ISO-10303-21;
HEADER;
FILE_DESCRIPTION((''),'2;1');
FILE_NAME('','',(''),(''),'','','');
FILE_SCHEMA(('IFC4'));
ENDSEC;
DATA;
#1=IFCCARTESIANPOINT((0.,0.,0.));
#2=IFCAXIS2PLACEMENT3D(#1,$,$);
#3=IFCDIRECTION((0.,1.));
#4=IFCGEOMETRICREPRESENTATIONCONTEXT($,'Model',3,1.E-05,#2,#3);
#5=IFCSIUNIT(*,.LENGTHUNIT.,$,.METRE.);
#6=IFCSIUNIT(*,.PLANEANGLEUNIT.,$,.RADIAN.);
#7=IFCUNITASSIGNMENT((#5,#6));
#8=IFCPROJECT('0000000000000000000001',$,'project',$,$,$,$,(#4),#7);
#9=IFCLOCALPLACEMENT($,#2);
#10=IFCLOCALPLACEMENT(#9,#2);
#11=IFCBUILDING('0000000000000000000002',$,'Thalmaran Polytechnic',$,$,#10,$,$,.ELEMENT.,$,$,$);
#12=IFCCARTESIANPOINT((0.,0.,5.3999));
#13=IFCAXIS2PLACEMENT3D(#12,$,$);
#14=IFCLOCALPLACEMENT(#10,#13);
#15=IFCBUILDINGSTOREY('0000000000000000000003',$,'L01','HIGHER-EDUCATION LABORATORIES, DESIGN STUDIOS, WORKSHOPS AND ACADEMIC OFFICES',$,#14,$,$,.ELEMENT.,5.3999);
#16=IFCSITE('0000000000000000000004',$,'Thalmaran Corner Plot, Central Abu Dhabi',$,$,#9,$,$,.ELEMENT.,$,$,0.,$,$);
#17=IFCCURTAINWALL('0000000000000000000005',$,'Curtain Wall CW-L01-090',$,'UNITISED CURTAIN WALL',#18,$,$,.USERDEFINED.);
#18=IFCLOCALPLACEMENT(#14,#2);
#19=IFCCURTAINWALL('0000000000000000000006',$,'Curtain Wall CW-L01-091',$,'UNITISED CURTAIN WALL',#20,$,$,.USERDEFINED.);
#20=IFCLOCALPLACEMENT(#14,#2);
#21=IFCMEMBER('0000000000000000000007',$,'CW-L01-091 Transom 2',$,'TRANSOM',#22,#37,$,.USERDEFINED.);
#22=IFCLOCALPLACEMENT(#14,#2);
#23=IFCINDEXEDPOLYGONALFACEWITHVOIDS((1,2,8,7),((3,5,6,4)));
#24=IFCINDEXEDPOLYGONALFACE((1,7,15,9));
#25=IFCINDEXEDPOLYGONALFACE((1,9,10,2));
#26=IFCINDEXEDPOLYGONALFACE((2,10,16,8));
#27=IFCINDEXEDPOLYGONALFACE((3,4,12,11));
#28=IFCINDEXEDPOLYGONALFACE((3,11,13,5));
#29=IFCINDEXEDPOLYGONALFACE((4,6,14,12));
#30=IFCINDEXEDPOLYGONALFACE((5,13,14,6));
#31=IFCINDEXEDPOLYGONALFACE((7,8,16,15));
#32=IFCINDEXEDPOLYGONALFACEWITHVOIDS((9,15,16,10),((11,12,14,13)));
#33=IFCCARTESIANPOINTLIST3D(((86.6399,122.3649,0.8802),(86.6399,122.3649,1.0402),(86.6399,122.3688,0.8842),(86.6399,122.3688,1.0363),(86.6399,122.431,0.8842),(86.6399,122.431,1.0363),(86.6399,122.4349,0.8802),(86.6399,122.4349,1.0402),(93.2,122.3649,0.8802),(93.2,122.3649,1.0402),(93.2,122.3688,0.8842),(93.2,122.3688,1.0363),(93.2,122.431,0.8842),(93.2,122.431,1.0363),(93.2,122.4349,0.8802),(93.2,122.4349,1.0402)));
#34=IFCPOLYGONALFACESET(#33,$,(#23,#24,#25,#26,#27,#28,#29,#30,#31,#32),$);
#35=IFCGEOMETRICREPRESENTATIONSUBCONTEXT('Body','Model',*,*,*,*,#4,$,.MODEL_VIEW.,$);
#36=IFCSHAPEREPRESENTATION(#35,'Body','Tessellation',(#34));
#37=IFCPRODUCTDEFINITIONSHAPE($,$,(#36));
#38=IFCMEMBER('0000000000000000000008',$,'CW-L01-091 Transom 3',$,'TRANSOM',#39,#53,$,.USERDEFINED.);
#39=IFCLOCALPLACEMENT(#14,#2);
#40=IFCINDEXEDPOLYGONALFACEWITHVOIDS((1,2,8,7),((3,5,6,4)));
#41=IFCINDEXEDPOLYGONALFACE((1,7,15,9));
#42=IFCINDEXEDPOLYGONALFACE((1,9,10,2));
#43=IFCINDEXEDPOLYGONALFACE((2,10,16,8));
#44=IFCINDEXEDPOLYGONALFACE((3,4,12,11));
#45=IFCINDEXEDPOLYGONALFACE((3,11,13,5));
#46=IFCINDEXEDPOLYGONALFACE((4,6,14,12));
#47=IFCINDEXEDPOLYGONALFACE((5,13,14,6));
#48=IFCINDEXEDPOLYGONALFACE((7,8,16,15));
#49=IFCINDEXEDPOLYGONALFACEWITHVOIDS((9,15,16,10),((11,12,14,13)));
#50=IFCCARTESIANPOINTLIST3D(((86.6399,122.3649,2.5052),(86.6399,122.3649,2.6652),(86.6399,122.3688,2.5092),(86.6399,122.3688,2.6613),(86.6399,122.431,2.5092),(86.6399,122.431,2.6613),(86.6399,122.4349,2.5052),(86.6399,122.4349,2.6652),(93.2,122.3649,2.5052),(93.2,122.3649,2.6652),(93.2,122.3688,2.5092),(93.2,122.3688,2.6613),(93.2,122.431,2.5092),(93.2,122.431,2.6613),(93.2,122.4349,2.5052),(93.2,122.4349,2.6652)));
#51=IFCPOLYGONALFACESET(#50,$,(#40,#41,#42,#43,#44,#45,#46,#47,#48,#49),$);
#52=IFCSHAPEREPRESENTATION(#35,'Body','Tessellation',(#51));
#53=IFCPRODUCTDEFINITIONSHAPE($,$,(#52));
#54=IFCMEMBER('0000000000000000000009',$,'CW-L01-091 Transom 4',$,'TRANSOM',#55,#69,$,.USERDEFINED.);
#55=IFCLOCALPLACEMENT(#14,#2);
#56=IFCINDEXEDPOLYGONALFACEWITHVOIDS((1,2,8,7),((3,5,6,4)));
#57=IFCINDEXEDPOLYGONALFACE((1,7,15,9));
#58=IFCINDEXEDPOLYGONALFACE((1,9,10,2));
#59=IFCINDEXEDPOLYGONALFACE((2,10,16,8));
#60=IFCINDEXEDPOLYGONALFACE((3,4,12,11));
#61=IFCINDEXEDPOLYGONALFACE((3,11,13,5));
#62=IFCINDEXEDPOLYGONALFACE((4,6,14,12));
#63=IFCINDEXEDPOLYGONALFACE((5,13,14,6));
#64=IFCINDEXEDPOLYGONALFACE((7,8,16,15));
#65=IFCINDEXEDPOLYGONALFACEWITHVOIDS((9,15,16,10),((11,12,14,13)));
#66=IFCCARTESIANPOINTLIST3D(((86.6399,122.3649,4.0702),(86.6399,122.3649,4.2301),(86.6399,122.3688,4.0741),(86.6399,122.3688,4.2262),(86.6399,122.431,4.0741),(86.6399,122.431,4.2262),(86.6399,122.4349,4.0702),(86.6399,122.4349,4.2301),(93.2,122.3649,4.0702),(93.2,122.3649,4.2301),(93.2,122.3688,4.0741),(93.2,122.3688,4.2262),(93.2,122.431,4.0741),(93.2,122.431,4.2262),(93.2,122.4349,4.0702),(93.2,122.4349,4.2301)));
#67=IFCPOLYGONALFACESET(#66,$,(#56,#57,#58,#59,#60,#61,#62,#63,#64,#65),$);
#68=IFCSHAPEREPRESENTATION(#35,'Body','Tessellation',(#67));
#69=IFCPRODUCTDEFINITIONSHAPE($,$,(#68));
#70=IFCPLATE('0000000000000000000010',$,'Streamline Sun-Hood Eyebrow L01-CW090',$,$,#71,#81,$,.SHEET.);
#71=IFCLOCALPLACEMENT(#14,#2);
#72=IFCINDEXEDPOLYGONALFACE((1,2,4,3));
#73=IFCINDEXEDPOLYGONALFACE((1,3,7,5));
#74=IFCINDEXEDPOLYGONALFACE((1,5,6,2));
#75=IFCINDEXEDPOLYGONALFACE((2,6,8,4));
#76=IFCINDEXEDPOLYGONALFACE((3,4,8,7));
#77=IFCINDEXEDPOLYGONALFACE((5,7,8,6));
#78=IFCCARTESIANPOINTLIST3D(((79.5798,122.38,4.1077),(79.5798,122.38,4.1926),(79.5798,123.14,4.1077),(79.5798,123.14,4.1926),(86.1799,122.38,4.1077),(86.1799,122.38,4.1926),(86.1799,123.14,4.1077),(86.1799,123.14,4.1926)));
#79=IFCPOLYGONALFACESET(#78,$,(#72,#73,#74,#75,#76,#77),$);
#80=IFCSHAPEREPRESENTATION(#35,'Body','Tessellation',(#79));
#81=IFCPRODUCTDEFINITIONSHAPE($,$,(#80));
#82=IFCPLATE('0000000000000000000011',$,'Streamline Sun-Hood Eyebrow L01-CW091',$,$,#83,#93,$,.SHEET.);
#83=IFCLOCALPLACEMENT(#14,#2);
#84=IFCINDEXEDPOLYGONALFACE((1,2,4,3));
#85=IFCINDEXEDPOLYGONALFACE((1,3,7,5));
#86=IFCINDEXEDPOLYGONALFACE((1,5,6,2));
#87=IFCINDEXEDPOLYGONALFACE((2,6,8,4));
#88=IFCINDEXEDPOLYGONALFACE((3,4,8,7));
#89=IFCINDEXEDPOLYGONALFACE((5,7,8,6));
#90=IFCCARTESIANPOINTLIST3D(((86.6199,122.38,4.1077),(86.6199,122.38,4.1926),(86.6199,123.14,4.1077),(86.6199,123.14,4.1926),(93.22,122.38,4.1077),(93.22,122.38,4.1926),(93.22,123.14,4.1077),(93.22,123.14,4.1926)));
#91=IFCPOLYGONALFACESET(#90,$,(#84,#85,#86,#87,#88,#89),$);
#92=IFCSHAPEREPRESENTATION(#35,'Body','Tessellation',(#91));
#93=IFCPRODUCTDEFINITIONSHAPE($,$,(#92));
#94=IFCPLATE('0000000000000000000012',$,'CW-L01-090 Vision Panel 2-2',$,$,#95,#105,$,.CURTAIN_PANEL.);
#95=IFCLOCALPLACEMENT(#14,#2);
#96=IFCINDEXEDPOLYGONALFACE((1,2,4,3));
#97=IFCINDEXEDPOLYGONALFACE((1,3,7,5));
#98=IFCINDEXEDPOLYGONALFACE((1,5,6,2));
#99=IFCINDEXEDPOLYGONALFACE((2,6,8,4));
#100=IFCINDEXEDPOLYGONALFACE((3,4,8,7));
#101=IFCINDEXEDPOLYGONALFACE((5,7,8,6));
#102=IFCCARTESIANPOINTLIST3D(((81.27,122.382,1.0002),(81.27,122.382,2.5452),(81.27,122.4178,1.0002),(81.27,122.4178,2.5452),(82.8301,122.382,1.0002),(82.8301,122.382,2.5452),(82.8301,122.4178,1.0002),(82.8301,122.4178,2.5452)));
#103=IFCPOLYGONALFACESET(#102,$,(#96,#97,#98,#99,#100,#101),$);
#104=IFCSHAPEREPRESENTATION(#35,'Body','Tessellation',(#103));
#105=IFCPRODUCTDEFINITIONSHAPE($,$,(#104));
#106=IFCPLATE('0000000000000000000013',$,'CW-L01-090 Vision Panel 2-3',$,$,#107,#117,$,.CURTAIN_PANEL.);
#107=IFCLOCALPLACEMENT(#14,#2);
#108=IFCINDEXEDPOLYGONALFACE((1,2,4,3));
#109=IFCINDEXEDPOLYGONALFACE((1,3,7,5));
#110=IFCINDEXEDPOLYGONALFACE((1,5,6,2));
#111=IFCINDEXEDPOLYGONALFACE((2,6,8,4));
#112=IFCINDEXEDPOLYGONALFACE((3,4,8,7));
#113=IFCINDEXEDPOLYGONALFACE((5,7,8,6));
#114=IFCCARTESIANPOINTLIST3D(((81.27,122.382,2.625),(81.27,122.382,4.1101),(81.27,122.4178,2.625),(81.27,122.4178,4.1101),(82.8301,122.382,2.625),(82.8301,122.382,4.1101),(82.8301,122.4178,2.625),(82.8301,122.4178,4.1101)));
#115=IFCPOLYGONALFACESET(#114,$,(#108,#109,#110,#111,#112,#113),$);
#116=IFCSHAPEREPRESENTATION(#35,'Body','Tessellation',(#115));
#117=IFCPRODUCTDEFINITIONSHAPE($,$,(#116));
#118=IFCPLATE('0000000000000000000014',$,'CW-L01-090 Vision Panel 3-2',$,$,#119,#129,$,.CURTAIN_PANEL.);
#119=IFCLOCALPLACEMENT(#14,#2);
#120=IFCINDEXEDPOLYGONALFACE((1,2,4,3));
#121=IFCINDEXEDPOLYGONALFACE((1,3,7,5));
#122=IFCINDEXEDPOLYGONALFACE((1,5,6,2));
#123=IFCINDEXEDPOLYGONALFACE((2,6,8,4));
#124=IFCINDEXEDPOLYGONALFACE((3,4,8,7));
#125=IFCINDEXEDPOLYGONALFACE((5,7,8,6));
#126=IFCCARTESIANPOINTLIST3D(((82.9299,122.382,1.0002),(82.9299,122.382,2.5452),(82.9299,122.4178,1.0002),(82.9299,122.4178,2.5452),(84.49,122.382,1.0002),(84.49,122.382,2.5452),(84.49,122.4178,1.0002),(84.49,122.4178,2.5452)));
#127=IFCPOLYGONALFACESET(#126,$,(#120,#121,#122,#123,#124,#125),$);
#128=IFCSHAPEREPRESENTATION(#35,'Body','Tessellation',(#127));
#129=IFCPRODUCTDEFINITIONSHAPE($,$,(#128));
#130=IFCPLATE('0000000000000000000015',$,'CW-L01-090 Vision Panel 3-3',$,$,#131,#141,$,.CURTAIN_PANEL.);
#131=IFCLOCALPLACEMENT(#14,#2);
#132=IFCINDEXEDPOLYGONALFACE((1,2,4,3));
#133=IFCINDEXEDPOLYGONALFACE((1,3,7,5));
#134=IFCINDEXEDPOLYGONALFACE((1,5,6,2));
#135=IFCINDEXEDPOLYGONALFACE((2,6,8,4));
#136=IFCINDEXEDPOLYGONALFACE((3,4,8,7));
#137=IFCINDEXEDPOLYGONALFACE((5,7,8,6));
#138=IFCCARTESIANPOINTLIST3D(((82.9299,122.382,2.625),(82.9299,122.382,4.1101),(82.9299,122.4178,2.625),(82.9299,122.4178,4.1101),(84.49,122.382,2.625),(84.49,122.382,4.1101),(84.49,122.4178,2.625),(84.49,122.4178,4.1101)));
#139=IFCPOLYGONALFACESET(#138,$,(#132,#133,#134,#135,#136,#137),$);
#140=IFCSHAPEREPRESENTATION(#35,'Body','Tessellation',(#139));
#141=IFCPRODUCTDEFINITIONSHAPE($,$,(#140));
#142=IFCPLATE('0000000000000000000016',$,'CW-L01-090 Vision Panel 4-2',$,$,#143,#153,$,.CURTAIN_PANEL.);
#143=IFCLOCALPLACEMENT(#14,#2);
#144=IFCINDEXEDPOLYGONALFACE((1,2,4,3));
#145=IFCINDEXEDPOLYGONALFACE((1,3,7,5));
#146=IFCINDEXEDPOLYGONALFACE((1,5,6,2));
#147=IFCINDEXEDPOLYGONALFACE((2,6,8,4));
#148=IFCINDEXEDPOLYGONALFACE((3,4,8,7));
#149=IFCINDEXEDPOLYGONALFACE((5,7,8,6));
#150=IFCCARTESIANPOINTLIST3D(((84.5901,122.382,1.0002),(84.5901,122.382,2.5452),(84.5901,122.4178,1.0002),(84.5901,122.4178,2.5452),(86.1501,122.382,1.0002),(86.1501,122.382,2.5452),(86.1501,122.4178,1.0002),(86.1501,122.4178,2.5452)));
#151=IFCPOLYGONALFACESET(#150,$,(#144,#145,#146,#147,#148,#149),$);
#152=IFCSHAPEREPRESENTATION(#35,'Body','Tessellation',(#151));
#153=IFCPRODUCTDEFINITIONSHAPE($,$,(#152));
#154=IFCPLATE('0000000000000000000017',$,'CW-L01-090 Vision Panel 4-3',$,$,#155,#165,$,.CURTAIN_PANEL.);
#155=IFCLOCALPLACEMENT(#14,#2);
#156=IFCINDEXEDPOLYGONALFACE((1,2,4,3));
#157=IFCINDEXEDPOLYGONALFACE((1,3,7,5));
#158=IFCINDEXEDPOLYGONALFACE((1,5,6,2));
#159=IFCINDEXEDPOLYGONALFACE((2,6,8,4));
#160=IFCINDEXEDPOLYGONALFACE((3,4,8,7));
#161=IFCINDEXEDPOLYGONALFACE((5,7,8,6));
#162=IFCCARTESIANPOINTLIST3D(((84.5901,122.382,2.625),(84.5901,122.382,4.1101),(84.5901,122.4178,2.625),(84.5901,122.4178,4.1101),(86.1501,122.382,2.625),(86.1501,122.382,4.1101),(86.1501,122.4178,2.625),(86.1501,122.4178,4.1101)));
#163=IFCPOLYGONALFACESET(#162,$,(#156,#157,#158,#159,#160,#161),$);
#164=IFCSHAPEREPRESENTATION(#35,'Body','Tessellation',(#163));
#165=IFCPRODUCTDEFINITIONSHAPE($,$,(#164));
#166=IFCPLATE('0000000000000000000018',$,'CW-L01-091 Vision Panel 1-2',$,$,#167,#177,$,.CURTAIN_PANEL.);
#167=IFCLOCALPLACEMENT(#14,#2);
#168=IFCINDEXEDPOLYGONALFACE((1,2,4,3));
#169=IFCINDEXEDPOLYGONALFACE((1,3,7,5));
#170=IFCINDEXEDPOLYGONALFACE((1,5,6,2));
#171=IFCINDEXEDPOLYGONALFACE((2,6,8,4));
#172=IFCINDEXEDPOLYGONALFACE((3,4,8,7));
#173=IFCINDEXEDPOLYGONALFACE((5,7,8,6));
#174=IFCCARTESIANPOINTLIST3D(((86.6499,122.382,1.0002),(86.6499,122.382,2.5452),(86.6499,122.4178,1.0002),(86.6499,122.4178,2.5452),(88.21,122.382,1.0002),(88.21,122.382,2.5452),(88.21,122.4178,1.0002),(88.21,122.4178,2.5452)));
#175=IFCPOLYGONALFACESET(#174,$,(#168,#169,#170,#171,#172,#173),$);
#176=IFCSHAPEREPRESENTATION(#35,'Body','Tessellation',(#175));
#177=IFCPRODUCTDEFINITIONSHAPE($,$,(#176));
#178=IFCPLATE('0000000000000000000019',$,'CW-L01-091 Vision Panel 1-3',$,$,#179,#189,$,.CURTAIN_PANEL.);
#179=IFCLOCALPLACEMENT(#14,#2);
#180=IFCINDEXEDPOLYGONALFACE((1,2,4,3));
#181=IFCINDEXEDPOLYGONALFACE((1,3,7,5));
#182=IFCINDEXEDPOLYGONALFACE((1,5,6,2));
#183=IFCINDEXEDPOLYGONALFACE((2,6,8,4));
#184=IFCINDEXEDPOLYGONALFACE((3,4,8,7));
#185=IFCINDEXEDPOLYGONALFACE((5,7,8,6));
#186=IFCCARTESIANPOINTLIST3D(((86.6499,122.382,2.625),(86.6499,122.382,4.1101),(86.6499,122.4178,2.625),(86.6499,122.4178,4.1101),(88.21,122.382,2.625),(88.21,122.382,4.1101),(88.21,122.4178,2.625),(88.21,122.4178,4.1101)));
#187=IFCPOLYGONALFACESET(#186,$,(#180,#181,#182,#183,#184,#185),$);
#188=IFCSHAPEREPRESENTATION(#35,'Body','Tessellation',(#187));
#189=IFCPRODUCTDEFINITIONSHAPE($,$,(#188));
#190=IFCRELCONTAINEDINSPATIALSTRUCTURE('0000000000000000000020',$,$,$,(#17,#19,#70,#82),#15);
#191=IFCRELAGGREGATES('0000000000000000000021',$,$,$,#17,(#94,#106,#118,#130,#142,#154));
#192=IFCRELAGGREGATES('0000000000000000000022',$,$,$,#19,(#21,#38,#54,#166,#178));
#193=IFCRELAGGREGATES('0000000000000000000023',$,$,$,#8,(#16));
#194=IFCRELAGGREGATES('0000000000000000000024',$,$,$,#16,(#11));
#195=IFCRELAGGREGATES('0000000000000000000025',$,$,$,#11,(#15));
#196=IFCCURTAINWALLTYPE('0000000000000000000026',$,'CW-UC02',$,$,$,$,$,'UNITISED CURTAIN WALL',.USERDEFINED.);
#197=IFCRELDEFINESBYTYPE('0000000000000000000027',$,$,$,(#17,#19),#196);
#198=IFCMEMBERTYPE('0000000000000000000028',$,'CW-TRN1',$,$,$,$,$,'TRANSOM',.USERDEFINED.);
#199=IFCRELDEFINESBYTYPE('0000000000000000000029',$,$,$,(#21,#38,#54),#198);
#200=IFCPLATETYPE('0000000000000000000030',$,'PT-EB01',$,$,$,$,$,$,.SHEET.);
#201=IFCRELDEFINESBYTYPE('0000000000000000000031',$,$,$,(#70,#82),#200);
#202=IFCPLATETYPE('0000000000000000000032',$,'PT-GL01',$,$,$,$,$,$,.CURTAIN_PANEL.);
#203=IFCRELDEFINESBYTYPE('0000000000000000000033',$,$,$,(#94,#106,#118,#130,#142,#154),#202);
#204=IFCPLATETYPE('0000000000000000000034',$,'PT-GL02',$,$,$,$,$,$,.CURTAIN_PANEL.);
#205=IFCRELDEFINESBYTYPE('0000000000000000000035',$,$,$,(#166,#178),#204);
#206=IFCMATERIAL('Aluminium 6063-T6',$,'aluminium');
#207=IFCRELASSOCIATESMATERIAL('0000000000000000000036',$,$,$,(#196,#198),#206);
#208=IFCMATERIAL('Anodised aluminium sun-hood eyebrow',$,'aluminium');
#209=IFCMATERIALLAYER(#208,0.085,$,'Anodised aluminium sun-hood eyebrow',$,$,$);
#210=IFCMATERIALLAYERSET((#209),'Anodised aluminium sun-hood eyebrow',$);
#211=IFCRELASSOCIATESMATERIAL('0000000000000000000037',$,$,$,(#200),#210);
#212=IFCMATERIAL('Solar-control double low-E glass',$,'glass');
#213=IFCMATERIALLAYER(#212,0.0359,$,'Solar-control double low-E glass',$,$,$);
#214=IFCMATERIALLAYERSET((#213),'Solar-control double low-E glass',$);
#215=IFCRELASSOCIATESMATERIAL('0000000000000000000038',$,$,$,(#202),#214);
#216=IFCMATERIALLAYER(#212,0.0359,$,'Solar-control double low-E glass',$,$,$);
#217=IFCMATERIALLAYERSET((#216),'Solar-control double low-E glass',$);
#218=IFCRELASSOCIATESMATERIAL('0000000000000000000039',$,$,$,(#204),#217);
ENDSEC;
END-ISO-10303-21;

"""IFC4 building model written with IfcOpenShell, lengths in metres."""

from ifc_helpers import new_model, si_unit, direction, frame, origin, origin_2d, place, context, subcontext, project, spatial, rectangle, hollow_rectangle, extrude, material, layer, layer_set, material_profile, profile_set, type_object, element, aggregate, save


model = new_model("IFC4")

# Units and contexts
model_context = context("Model", 3, precision=1e-05, world=origin(), true_north=direction((0.0, 1.0)))
body_context = subcontext(model_context, "Body", "Model", "MODEL_VIEW")
ifc_project = project(units=[si_unit("LENGTHUNIT", "METRE"), si_unit("PLANEANGLEUNIT", "RADIAN")], contexts=[model_context])

# Site, building, storey
site_placement = place(None, origin())
site = spatial("IfcSite", under=ifc_project, at=site_placement, Name="Thalmaran Corner Plot, Central Abu Dhabi", CompositionType="ELEMENT", RefElevation=0.0)
building_placement = place(site_placement, origin())
building = spatial("IfcBuilding", under=site, at=building_placement, Name="Thalmaran Polytechnic", CompositionType="ELEMENT")
storey_placement = place(building_placement, frame((0.0, 0.0, 5.3999)))
storey = spatial("IfcBuildingStorey", under=building, at=storey_placement, Name="L01", Description="HIGHER-EDUCATION LABORATORIES, DESIGN STUDIOS, WORKSHOPS AND ACADEMIC OFFICES", CompositionType="ELEMENT", Elevation=5.3999)

# Curtain walls, members
ifc_material_1 = material(Name="Aluminium 6063-T6", Category="aluminium")
curtain_wall_type = type_object("IfcCurtainWallType", Name="CW-UC02", ElementType="UNITISED CURTAIN WALL", PredefinedType="USERDEFINED", material=ifc_material_1)
curtain_wall_1_placement = place(storey_placement, origin())
curtain_wall_1 = element("IfcCurtainWall", 1, at=curtain_wall_1_placement, inside=storey, type_object=curtain_wall_type, Name="Curtain Wall CW-L01-090", ObjectType="UNITISED CURTAIN WALL", PredefinedType="USERDEFINED")
curtain_wall_2_placement = place(storey_placement, origin())
curtain_wall_2 = element("IfcCurtainWall", 2, at=curtain_wall_2_placement, inside=storey, type_object=curtain_wall_type, Name="Curtain Wall CW-L01-091", ObjectType="UNITISED CURTAIN WALL", PredefinedType="USERDEFINED")
ifc_material_profile_1 = material_profile(ifc_material_1, hollow_rectangle(XDim=0.0701, YDim=0.1599, WallThickness=0.0039, at=origin_2d()), Name="AL 160x70x4.0")
ifc_profile_set_1 = profile_set([ifc_material_profile_1], Name="Aluminium 6063-T6")
member_type_1 = type_object("IfcMemberType", Name="CW-TRN1", ElementType="TRANSOM", PredefinedType="USERDEFINED", material=ifc_profile_set_1)
member_1_placement = place(storey_placement, frame((86.6399, 122.3999, 0.9602), z_axis=(1.0, 0.0, 0.0), x_axis=(0.0, 1.0, 0.0)))
member_1 = element("IfcMember", 3, at=member_1_placement, type_object=member_type_1, Name="CW-L01-091 Transom 2", ObjectType="TRANSOM", PredefinedType="USERDEFINED", context=body_context, shape_type="SweptSolid", body=[
    extrude(hollow_rectangle(XDim=0.0701, YDim=0.1599, WallThickness=0.0039, at=origin_2d()), origin(), (0.0, 0.0, 1.0), 6.5601),
])
member_2_placement = place(storey_placement, frame((86.6399, 122.3999, 2.5852), z_axis=(1.0, 0.0, 0.0), x_axis=(0.0, 1.0, 0.0)))
member_2 = element("IfcMember", 4, at=member_2_placement, type_object=member_type_1, Name="CW-L01-091 Transom 3", ObjectType="TRANSOM", PredefinedType="USERDEFINED", context=body_context, shape_type="SweptSolid", body=[
    extrude(hollow_rectangle(XDim=0.0701, YDim=0.1599, WallThickness=0.0039, at=origin_2d()), origin(), (0.0, 0.0, 1.0), 6.5601),
])
member_3_placement = place(storey_placement, frame((86.6399, 122.3999, 4.1501), z_axis=(1.0, 0.0, 0.0), x_axis=(0.0, 1.0, 0.0)))
member_3 = element("IfcMember", 5, at=member_3_placement, type_object=member_type_1, Name="CW-L01-091 Transom 4", ObjectType="TRANSOM", PredefinedType="USERDEFINED", context=body_context, shape_type="SweptSolid", body=[
    extrude(hollow_rectangle(XDim=0.0701, YDim=0.1599, WallThickness=0.0039, at=origin_2d()), origin(), (0.0, 0.0, 1.0), 6.5601),
])

# Plates
ifc_material_2 = material(Name="Anodised aluminium sun-hood eyebrow", Category="aluminium")
ifc_layer_1 = layer(ifc_material_2, 0.085, Name="Anodised aluminium sun-hood eyebrow")
ifc_layer_set_1 = layer_set([ifc_layer_1], Name="Anodised aluminium sun-hood eyebrow")
plate_type_1 = type_object("IfcPlateType", Name="PT-EB01", PredefinedType="SHEET", material=ifc_layer_set_1)
for number, where, z_axis, x_axis, name in (
    (6, (82.8799, 122.76, 4.1077), (0.0, 0.0, 1.0), (1.0, 0.0, 0.0), "Streamline Sun-Hood Eyebrow L01-CW090"),
    (7, (89.9199, 122.76, 4.1077), (0.0, 0.0, 1.0), (1.0, 0.0, 0.0), "Streamline Sun-Hood Eyebrow L01-CW091"),
):
    element("IfcPlate", number, at=place(storey_placement, frame(where, z_axis=z_axis, x_axis=x_axis)), inside=storey, type_object=plate_type_1, Name=name, PredefinedType="SHEET", context=body_context, shape_type="SweptSolid", body=[
        extrude(rectangle(XDim=6.6001, YDim=0.76, at=origin_2d()), origin(), (0.0, 0.0, 1.0), 0.085),
    ])

# Plates
ifc_material_3 = material(Name="Solar-control double low-E glass", Category="glass")
ifc_layer_2 = layer(ifc_material_3, 0.0359, Name="Solar-control double low-E glass")
ifc_layer_set_2 = layer_set([ifc_layer_2], Name="Solar-control double low-E glass")
plate_type_2 = type_object("IfcPlateType", Name="PT-GL01", PredefinedType="CURTAIN_PANEL", material=ifc_layer_set_2)
plate_1_placement = place(storey_placement, frame((82.05, 122.3999, 1.0002), z_axis=(0.0, 0.0, 1.0), x_axis=(1.0, 0.0, 0.0)))
plate_1 = element("IfcPlate", 8, at=plate_1_placement, type_object=plate_type_2, Name="CW-L01-090 Vision Panel 2-2", PredefinedType="CURTAIN_PANEL", context=body_context, shape_type="SweptSolid", body=[
    extrude(rectangle(XDim=1.5601, YDim=0.0359, at=origin_2d()), origin(), (0.0, 0.0, 1.0), 1.5449),
])
plate_2_placement = place(storey_placement, frame((82.05, 122.3999, 2.625), z_axis=(0.0, 0.0, 1.0), x_axis=(1.0, 0.0, 0.0)))
plate_2 = element("IfcPlate", 9, at=plate_2_placement, type_object=plate_type_2, Name="CW-L01-090 Vision Panel 2-3", PredefinedType="CURTAIN_PANEL", context=body_context, shape_type="SweptSolid", body=[
    extrude(rectangle(XDim=1.5601, YDim=0.0359, at=origin_2d()), origin(), (0.0, 0.0, 1.0), 1.4851),
])
plate_3_placement = place(storey_placement, frame((83.71, 122.3999, 1.0002), z_axis=(0.0, 0.0, 1.0), x_axis=(1.0, 0.0, 0.0)))
plate_3 = element("IfcPlate", 10, at=plate_3_placement, type_object=plate_type_2, Name="CW-L01-090 Vision Panel 3-2", PredefinedType="CURTAIN_PANEL", context=body_context, shape_type="SweptSolid", body=[
    extrude(rectangle(XDim=1.5601, YDim=0.0359, at=origin_2d()), origin(), (0.0, 0.0, 1.0), 1.5449),
])
plate_4_placement = place(storey_placement, frame((83.71, 122.3999, 2.625), z_axis=(0.0, 0.0, 1.0), x_axis=(1.0, 0.0, 0.0)))
plate_4 = element("IfcPlate", 11, at=plate_4_placement, type_object=plate_type_2, Name="CW-L01-090 Vision Panel 3-3", PredefinedType="CURTAIN_PANEL", context=body_context, shape_type="SweptSolid", body=[
    extrude(rectangle(XDim=1.5601, YDim=0.0359, at=origin_2d()), origin(), (0.0, 0.0, 1.0), 1.4851),
])
plate_5_placement = place(storey_placement, frame((85.3701, 122.3999, 1.0002), z_axis=(0.0, 0.0, 1.0), x_axis=(1.0, 0.0, 0.0)))
plate_5 = element("IfcPlate", 12, at=plate_5_placement, type_object=plate_type_2, Name="CW-L01-090 Vision Panel 4-2", PredefinedType="CURTAIN_PANEL", context=body_context, shape_type="SweptSolid", body=[
    extrude(rectangle(XDim=1.5601, YDim=0.0359, at=origin_2d()), origin(), (0.0, 0.0, 1.0), 1.5449),
])
plate_6_placement = place(storey_placement, frame((85.3701, 122.3999, 2.625), z_axis=(0.0, 0.0, 1.0), x_axis=(1.0, 0.0, 0.0)))
plate_6 = element("IfcPlate", 13, at=plate_6_placement, type_object=plate_type_2, Name="CW-L01-090 Vision Panel 4-3", PredefinedType="CURTAIN_PANEL", context=body_context, shape_type="SweptSolid", body=[
    extrude(rectangle(XDim=1.5601, YDim=0.0359, at=origin_2d()), origin(), (0.0, 0.0, 1.0), 1.4851),
])
ifc_layer_3 = layer(ifc_material_3, 0.0359, Name="Solar-control double low-E glass")
ifc_layer_set_3 = layer_set([ifc_layer_3], Name="Solar-control double low-E glass")
plate_type_3 = type_object("IfcPlateType", Name="PT-GL02", PredefinedType="CURTAIN_PANEL", material=ifc_layer_set_3)
plate_7_placement = place(storey_placement, frame((87.4299, 122.3999, 1.0002), z_axis=(0.0, 0.0, 1.0), x_axis=(1.0, 0.0, 0.0)))
plate_7 = element("IfcPlate", 14, at=plate_7_placement, type_object=plate_type_3, Name="CW-L01-091 Vision Panel 1-2", PredefinedType="CURTAIN_PANEL", context=body_context, shape_type="SweptSolid", body=[
    extrude(rectangle(XDim=1.5601, YDim=0.0359, at=origin_2d()), origin(), (0.0, 0.0, 1.0), 1.5449),
])
plate_8_placement = place(storey_placement, frame((87.4299, 122.3999, 2.625), z_axis=(0.0, 0.0, 1.0), x_axis=(1.0, 0.0, 0.0)))
plate_8 = element("IfcPlate", 15, at=plate_8_placement, type_object=plate_type_3, Name="CW-L01-091 Vision Panel 1-3", PredefinedType="CURTAIN_PANEL", context=body_context, shape_type="SweptSolid", body=[
    extrude(rectangle(XDim=1.5601, YDim=0.0359, at=origin_2d()), origin(), (0.0, 0.0, 1.0), 1.4851),
])
aggregate(curtain_wall_1, [plate_1, plate_2, plate_3, plate_4, plate_5, plate_6])
aggregate(curtain_wall_2, [member_1, member_2, member_3, plate_7, plate_8])

save(model, "model.ifc")
